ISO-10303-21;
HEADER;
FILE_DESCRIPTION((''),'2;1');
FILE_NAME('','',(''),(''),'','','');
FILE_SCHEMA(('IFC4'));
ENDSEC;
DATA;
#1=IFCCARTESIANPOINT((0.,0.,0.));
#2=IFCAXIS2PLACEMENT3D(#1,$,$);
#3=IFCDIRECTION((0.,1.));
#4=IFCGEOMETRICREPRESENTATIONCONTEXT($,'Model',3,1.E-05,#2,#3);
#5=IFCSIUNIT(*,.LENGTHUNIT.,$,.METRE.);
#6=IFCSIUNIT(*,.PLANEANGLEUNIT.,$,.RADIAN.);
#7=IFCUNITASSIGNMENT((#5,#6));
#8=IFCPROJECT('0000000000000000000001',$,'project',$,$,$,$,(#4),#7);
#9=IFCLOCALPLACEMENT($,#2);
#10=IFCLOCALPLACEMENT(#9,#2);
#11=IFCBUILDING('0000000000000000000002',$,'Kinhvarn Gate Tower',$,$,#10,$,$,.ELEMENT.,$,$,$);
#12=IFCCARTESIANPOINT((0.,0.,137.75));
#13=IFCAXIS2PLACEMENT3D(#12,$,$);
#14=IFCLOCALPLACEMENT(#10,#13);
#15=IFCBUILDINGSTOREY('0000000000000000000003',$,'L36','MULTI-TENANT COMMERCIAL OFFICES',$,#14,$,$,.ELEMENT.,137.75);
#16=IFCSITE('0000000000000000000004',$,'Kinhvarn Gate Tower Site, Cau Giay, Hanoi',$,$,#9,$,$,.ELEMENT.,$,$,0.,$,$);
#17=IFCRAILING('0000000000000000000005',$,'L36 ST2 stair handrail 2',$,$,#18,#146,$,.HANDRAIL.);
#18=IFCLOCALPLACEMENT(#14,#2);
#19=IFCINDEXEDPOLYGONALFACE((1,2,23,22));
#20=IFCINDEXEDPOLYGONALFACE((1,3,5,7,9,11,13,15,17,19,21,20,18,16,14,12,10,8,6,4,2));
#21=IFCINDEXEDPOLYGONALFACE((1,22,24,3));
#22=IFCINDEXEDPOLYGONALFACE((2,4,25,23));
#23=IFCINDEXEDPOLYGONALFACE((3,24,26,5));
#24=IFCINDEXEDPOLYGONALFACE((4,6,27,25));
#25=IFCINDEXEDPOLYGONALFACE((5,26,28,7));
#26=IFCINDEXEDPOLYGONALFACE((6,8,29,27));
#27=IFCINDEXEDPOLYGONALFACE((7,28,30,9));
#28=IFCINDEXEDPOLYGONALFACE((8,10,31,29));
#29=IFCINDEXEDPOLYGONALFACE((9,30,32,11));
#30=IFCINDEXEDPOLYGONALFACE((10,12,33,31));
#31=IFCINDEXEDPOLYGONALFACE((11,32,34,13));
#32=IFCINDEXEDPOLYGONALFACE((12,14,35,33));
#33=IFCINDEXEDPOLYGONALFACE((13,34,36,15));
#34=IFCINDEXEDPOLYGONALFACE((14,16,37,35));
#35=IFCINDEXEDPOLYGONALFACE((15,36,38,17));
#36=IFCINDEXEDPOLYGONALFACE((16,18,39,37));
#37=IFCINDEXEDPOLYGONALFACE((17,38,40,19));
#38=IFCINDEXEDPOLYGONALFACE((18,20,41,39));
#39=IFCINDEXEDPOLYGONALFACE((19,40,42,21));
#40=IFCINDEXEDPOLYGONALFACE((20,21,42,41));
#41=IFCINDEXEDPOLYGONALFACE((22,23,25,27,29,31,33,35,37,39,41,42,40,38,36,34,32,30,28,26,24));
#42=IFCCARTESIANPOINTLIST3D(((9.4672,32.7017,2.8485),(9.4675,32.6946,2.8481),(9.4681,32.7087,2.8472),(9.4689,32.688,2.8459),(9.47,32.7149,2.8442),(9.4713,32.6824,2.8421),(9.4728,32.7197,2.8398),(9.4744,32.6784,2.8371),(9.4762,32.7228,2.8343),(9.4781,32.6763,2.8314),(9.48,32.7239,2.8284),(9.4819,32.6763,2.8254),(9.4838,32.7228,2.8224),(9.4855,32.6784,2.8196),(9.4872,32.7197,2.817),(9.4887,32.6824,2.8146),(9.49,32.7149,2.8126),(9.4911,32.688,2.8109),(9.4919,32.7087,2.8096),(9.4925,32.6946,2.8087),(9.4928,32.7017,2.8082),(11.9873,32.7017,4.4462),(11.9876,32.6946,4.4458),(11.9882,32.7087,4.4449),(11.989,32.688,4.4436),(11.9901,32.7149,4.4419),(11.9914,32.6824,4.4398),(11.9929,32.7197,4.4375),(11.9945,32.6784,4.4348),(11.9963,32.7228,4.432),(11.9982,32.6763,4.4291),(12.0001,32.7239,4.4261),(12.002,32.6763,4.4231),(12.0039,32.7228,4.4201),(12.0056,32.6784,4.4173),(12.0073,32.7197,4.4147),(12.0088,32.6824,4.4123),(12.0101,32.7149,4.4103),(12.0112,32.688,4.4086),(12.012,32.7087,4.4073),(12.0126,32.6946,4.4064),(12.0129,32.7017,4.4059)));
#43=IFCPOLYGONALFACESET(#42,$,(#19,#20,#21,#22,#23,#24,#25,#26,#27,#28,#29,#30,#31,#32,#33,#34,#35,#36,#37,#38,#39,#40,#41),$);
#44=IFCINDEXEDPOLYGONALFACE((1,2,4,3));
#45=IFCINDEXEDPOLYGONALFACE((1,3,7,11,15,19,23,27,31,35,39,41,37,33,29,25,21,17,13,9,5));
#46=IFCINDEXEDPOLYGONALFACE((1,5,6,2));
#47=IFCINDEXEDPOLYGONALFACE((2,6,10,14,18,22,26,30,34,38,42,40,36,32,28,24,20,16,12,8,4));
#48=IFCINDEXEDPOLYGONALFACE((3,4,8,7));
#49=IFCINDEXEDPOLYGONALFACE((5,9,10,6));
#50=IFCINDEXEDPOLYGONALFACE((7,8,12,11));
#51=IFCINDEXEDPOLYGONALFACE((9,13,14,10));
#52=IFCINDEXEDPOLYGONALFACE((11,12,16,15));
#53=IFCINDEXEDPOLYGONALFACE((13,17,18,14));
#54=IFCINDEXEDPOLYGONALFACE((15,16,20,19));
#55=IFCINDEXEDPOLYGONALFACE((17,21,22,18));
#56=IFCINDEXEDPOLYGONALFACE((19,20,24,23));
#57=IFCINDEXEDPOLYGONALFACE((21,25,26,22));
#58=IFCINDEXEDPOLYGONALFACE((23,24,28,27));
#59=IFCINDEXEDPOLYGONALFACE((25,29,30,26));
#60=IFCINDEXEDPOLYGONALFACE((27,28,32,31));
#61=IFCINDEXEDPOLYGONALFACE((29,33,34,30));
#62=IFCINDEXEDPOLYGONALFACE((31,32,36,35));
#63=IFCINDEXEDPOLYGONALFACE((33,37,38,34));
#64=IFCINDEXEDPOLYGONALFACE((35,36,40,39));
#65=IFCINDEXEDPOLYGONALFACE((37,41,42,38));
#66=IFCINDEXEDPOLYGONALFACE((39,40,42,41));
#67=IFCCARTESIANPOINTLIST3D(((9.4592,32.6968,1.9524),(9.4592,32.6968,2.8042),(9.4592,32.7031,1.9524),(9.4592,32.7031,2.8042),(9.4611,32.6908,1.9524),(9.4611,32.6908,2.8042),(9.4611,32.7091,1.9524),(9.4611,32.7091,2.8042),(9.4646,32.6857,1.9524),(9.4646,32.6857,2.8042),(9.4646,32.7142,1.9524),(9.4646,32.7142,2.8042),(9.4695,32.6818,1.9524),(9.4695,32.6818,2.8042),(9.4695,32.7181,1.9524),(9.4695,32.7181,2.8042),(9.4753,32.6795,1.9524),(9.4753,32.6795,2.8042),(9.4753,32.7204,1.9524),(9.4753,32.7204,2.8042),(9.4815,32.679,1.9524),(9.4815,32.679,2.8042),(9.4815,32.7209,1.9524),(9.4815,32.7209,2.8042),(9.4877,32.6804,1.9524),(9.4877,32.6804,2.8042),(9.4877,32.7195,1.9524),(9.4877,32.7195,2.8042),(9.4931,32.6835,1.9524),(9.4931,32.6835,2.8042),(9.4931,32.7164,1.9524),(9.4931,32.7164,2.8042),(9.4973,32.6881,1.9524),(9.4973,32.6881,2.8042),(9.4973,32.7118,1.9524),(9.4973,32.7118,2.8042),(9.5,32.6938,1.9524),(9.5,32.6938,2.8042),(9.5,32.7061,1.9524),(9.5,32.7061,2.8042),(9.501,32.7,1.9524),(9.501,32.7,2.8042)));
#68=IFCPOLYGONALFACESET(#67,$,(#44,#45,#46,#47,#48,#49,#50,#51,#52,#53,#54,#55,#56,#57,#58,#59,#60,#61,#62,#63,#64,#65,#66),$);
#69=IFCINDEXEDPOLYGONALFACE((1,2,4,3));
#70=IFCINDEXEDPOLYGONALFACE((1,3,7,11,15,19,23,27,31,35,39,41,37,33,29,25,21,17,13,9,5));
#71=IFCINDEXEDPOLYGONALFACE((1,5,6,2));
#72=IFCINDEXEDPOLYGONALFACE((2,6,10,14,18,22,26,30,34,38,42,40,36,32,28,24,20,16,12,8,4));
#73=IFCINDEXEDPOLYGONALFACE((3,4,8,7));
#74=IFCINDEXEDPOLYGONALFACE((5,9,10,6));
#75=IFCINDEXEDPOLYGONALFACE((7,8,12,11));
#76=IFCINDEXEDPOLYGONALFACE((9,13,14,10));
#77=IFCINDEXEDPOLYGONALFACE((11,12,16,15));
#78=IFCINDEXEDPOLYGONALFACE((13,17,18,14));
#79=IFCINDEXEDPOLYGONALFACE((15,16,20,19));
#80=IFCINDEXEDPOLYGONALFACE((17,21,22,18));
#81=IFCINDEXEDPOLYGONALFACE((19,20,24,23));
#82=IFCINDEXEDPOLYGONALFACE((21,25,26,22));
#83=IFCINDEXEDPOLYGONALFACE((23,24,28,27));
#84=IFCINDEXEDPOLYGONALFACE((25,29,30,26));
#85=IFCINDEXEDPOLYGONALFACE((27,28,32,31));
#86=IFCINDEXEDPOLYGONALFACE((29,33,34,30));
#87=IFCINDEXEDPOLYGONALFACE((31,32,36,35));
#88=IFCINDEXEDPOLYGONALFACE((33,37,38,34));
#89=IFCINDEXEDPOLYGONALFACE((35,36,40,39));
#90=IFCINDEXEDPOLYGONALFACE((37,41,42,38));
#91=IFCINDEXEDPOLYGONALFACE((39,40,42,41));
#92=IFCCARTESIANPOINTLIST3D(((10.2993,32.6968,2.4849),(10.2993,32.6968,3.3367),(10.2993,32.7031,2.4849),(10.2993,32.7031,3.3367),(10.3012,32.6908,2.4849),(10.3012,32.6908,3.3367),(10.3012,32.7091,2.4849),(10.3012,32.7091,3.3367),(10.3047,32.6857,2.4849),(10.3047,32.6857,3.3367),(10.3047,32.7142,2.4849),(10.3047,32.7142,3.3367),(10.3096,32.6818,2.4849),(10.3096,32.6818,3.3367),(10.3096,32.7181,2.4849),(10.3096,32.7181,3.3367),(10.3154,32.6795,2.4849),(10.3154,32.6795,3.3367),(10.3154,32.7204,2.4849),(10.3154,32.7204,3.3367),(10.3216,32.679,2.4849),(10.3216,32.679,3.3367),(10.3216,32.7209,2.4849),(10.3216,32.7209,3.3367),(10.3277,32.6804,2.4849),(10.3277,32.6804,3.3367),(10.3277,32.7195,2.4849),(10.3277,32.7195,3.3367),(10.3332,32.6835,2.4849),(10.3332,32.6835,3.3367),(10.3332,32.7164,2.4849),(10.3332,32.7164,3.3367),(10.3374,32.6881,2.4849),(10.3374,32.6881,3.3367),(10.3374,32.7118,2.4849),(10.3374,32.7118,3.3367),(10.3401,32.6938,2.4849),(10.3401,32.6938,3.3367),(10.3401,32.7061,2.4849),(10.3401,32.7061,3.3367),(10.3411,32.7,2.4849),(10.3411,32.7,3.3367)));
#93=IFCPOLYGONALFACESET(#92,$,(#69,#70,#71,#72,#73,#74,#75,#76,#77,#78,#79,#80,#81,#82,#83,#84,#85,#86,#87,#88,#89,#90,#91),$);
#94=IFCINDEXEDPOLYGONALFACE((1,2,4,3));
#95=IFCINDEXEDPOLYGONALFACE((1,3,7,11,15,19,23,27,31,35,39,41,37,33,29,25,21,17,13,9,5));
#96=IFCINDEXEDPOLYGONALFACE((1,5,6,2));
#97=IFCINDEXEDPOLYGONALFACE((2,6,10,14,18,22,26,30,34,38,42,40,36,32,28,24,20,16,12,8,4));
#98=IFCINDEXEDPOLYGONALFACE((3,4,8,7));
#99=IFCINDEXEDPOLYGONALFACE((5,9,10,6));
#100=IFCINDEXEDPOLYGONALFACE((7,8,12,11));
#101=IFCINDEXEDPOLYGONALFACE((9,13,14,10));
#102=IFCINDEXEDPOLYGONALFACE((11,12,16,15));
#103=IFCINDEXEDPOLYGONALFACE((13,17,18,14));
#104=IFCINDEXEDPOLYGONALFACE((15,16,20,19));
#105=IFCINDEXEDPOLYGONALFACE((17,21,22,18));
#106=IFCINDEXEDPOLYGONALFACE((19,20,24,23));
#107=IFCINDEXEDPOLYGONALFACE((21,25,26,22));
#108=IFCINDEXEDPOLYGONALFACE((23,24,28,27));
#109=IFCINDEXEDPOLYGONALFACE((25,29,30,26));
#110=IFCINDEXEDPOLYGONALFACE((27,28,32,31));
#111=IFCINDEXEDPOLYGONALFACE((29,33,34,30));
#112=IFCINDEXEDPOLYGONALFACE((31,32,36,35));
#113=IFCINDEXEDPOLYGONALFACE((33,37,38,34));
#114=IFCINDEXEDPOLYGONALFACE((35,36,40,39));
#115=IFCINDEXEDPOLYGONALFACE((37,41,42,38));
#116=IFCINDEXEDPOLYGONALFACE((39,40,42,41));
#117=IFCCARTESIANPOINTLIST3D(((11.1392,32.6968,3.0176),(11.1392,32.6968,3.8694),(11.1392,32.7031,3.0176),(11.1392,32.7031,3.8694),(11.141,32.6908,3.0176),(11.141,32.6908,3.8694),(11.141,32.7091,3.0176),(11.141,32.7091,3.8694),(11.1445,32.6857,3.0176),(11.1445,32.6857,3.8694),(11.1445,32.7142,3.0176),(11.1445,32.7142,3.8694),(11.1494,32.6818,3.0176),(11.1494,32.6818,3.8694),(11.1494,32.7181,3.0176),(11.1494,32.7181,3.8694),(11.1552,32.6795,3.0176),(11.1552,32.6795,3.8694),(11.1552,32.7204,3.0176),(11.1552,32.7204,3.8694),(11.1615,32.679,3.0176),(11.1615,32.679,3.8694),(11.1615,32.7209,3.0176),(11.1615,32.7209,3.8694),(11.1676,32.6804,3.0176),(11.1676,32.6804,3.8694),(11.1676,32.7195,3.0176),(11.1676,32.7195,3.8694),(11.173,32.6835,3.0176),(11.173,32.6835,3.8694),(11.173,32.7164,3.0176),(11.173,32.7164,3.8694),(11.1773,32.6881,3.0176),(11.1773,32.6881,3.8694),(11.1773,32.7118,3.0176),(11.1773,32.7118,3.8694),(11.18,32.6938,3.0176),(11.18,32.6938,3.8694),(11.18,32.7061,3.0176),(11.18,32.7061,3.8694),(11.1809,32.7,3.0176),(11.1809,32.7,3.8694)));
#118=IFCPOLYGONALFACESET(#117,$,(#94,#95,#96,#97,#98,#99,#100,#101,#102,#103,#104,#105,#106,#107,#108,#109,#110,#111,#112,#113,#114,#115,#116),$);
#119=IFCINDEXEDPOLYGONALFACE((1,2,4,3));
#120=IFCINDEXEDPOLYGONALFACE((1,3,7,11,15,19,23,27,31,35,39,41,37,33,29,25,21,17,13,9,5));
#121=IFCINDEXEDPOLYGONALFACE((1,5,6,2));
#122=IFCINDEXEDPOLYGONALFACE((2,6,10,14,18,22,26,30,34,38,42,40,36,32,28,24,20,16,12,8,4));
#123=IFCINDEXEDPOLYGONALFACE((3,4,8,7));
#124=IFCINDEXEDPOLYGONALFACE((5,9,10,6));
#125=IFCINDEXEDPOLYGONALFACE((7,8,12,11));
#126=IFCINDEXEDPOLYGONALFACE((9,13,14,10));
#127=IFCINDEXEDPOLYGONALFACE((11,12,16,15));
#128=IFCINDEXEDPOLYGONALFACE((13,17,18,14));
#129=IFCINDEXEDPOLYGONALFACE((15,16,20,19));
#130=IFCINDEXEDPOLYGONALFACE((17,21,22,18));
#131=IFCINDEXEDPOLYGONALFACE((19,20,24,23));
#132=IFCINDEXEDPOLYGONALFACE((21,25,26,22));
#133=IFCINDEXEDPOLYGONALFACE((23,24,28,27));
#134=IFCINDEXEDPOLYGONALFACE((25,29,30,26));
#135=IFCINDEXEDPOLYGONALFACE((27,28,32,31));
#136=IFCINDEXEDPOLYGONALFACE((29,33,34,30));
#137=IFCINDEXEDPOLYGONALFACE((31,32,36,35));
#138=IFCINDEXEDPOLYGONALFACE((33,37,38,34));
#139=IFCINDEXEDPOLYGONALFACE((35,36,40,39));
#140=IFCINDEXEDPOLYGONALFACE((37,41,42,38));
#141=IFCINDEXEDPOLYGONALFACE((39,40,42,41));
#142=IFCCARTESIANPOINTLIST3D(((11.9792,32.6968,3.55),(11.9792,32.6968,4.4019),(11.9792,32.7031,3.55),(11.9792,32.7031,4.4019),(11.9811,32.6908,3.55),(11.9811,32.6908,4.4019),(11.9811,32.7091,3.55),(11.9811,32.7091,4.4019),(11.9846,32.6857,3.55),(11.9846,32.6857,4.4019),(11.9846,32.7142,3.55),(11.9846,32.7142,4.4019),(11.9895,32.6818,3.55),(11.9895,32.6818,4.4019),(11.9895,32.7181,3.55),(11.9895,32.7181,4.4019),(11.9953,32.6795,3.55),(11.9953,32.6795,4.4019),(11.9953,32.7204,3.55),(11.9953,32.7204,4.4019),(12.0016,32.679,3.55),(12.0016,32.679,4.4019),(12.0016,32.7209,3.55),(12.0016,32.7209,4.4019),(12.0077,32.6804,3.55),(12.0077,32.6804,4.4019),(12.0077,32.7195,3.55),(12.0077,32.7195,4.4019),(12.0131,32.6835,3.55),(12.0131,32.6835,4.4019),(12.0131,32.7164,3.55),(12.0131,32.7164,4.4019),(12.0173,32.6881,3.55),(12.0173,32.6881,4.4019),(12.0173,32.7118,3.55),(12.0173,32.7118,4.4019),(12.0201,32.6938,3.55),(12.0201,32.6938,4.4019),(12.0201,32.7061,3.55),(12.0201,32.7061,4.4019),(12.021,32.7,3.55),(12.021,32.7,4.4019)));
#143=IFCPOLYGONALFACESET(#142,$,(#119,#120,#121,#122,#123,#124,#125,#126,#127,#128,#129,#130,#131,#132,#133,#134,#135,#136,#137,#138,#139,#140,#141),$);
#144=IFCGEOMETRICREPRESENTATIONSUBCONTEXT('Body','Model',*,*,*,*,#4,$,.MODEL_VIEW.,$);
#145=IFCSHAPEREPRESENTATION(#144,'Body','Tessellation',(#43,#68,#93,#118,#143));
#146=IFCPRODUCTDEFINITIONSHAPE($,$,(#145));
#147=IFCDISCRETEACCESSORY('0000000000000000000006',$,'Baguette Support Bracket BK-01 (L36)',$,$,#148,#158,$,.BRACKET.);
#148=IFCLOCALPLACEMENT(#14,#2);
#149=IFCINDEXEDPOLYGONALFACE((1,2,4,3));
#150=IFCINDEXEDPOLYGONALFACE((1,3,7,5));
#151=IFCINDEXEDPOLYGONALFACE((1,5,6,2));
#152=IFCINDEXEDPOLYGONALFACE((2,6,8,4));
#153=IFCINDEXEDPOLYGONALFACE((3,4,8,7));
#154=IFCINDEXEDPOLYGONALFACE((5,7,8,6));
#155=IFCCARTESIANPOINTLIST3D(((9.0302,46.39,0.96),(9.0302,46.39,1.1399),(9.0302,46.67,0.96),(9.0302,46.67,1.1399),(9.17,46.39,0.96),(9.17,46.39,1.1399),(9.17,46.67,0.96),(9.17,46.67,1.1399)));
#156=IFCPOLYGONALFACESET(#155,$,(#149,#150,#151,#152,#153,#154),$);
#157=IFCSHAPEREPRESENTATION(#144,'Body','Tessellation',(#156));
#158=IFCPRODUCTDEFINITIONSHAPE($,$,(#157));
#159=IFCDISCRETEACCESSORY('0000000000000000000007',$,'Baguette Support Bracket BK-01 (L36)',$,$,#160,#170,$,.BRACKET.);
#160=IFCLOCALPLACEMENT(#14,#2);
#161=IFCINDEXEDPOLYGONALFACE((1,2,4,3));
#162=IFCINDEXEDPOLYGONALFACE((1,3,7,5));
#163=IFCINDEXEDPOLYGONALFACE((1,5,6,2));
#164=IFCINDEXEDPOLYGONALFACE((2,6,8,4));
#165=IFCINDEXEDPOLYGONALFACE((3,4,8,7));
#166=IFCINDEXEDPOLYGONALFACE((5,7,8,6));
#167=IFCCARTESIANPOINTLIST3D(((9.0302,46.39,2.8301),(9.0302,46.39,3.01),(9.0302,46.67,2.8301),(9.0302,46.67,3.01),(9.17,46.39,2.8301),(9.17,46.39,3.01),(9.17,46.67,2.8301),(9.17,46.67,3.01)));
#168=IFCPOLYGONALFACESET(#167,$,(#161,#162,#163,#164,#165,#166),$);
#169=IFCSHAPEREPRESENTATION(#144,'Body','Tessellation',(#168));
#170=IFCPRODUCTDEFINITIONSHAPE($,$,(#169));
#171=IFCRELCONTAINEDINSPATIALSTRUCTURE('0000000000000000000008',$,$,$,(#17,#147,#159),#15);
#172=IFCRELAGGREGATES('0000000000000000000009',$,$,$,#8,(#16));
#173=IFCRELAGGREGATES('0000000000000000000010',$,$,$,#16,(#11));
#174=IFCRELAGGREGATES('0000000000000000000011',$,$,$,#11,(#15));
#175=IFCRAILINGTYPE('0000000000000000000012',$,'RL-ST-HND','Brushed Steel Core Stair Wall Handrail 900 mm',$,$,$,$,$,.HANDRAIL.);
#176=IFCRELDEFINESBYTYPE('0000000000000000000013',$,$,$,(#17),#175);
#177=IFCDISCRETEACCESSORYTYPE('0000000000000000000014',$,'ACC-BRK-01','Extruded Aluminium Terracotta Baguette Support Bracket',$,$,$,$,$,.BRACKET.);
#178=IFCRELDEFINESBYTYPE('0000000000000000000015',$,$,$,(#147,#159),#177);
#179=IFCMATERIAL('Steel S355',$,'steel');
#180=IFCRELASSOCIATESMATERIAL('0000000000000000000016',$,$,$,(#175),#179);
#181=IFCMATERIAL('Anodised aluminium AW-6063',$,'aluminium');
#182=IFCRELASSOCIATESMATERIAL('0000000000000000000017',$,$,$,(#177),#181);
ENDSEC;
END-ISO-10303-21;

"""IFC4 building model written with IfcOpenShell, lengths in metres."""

from ifc_helpers import new_model, si_unit, direction, frame, origin, origin_2d, place, context, subcontext, project, spatial, rectangle, circle, extrude, material, type_object, element, save


model = new_model("IFC4")

# Units and contexts
model_context = context("Model", 3, precision=1e-05, world=origin(), true_north=direction((0.0, 1.0)))
body_context = subcontext(model_context, "Body", "Model", "MODEL_VIEW")
ifc_project = project(units=[si_unit("LENGTHUNIT", "METRE"), si_unit("PLANEANGLEUNIT", "RADIAN")], contexts=[model_context])

# Site, building, storey
site_placement = place(None, origin())
site = spatial("IfcSite", under=ifc_project, at=site_placement, Name="Kinhvarn Gate Tower Site, Cau Giay, Hanoi", CompositionType="ELEMENT", RefElevation=0.0)
building_placement = place(site_placement, origin())
building = spatial("IfcBuilding", under=site, at=building_placement, Name="Kinhvarn Gate Tower", CompositionType="ELEMENT")
storey_placement = place(building_placement, frame((0.0, 0.0, 137.75)))
storey = spatial("IfcBuildingStorey", under=building, at=storey_placement, Name="L36", Description="MULTI-TENANT COMMERCIAL OFFICES", CompositionType="ELEMENT", Elevation=137.75)

# Shared definitions
ifc_material_1 = material(Name="Anodised aluminium AW-6063", Category="aluminium")

# Shared definitions
ifc_material_2 = material(Name="Steel S355", Category="steel")

# Railing
railing_type_1 = type_object("IfcRailingType", Name="RL-ST-HND", Description="Brushed Steel Core Stair Wall Handrail 900 mm", PredefinedType="HANDRAIL", material=ifc_material_2)
railing_1_placement = place(storey_placement, frame((9.48, 32.7, 1.9524)))
element("IfcRailing", 1, at=railing_1_placement, inside=storey, type_object=railing_type_1, Name="L36 ST2 stair handrail 2", PredefinedType="HANDRAIL", context=body_context, shape_type="SweptSolid", body=[
    extrude(circle(Radius=0.0239, at=origin_2d()), frame((0.0, 0.0, 0.876), z_axis=(0.84457, 0.0, 0.535445), x_axis=(0.0, 1.0, 0.0)), (0.0, 0.0, 1.0), 2.9839),
    extrude(circle(Radius=0.021, at=origin_2d()), origin(), (0.0, 0.0, 1.0), 0.8518),
    extrude(circle(Radius=0.021, at=origin_2d()), frame((0.8401, 0.0, 0.5325)), (0.0, 0.0, 1.0), 0.8518),
    extrude(circle(Radius=0.021, at=origin_2d()), frame((1.6799, 0.0, 1.0652)), (0.0, 0.0, 1.0), 0.8518),
    extrude(circle(Radius=0.021, at=origin_2d()), frame((2.52, 0.0, 1.5977)), (0.0, 0.0, 1.0), 0.8518),
])

# Discrete accessories
discrete_accessory_type = type_object("IfcDiscreteAccessoryType", Name="ACC-BRK-01", Description="Extruded Aluminium Terracotta Baguette Support Bracket", PredefinedType="BRACKET", material=ifc_material_1)
for number, where, z_axis, x_axis, name in (
    (2, (9.1001, 46.53, 0.96), (0.0, 0.0, 1.0), (-1.0, 0.0, 0.0), "Baguette Support Bracket BK-01 (L36)"),
    (3, (9.1001, 46.53, 2.8301), (0.0, 0.0, 1.0), (-1.0, 0.0, 0.0), "Baguette Support Bracket BK-01 (L36)"),
):
    element("IfcDiscreteAccessory", number, at=place(storey_placement, frame(where, z_axis=z_axis, x_axis=x_axis)), inside=storey, type_object=discrete_accessory_type, Name=name, PredefinedType="BRACKET", context=body_context, shape_type="SweptSolid", body=[
        extrude(rectangle(XDim=0.1399, YDim=0.28, at=origin_2d()), origin(), (0.0, 0.0, 1.0), 0.1799),
    ])

save(model, "model.ifc")
